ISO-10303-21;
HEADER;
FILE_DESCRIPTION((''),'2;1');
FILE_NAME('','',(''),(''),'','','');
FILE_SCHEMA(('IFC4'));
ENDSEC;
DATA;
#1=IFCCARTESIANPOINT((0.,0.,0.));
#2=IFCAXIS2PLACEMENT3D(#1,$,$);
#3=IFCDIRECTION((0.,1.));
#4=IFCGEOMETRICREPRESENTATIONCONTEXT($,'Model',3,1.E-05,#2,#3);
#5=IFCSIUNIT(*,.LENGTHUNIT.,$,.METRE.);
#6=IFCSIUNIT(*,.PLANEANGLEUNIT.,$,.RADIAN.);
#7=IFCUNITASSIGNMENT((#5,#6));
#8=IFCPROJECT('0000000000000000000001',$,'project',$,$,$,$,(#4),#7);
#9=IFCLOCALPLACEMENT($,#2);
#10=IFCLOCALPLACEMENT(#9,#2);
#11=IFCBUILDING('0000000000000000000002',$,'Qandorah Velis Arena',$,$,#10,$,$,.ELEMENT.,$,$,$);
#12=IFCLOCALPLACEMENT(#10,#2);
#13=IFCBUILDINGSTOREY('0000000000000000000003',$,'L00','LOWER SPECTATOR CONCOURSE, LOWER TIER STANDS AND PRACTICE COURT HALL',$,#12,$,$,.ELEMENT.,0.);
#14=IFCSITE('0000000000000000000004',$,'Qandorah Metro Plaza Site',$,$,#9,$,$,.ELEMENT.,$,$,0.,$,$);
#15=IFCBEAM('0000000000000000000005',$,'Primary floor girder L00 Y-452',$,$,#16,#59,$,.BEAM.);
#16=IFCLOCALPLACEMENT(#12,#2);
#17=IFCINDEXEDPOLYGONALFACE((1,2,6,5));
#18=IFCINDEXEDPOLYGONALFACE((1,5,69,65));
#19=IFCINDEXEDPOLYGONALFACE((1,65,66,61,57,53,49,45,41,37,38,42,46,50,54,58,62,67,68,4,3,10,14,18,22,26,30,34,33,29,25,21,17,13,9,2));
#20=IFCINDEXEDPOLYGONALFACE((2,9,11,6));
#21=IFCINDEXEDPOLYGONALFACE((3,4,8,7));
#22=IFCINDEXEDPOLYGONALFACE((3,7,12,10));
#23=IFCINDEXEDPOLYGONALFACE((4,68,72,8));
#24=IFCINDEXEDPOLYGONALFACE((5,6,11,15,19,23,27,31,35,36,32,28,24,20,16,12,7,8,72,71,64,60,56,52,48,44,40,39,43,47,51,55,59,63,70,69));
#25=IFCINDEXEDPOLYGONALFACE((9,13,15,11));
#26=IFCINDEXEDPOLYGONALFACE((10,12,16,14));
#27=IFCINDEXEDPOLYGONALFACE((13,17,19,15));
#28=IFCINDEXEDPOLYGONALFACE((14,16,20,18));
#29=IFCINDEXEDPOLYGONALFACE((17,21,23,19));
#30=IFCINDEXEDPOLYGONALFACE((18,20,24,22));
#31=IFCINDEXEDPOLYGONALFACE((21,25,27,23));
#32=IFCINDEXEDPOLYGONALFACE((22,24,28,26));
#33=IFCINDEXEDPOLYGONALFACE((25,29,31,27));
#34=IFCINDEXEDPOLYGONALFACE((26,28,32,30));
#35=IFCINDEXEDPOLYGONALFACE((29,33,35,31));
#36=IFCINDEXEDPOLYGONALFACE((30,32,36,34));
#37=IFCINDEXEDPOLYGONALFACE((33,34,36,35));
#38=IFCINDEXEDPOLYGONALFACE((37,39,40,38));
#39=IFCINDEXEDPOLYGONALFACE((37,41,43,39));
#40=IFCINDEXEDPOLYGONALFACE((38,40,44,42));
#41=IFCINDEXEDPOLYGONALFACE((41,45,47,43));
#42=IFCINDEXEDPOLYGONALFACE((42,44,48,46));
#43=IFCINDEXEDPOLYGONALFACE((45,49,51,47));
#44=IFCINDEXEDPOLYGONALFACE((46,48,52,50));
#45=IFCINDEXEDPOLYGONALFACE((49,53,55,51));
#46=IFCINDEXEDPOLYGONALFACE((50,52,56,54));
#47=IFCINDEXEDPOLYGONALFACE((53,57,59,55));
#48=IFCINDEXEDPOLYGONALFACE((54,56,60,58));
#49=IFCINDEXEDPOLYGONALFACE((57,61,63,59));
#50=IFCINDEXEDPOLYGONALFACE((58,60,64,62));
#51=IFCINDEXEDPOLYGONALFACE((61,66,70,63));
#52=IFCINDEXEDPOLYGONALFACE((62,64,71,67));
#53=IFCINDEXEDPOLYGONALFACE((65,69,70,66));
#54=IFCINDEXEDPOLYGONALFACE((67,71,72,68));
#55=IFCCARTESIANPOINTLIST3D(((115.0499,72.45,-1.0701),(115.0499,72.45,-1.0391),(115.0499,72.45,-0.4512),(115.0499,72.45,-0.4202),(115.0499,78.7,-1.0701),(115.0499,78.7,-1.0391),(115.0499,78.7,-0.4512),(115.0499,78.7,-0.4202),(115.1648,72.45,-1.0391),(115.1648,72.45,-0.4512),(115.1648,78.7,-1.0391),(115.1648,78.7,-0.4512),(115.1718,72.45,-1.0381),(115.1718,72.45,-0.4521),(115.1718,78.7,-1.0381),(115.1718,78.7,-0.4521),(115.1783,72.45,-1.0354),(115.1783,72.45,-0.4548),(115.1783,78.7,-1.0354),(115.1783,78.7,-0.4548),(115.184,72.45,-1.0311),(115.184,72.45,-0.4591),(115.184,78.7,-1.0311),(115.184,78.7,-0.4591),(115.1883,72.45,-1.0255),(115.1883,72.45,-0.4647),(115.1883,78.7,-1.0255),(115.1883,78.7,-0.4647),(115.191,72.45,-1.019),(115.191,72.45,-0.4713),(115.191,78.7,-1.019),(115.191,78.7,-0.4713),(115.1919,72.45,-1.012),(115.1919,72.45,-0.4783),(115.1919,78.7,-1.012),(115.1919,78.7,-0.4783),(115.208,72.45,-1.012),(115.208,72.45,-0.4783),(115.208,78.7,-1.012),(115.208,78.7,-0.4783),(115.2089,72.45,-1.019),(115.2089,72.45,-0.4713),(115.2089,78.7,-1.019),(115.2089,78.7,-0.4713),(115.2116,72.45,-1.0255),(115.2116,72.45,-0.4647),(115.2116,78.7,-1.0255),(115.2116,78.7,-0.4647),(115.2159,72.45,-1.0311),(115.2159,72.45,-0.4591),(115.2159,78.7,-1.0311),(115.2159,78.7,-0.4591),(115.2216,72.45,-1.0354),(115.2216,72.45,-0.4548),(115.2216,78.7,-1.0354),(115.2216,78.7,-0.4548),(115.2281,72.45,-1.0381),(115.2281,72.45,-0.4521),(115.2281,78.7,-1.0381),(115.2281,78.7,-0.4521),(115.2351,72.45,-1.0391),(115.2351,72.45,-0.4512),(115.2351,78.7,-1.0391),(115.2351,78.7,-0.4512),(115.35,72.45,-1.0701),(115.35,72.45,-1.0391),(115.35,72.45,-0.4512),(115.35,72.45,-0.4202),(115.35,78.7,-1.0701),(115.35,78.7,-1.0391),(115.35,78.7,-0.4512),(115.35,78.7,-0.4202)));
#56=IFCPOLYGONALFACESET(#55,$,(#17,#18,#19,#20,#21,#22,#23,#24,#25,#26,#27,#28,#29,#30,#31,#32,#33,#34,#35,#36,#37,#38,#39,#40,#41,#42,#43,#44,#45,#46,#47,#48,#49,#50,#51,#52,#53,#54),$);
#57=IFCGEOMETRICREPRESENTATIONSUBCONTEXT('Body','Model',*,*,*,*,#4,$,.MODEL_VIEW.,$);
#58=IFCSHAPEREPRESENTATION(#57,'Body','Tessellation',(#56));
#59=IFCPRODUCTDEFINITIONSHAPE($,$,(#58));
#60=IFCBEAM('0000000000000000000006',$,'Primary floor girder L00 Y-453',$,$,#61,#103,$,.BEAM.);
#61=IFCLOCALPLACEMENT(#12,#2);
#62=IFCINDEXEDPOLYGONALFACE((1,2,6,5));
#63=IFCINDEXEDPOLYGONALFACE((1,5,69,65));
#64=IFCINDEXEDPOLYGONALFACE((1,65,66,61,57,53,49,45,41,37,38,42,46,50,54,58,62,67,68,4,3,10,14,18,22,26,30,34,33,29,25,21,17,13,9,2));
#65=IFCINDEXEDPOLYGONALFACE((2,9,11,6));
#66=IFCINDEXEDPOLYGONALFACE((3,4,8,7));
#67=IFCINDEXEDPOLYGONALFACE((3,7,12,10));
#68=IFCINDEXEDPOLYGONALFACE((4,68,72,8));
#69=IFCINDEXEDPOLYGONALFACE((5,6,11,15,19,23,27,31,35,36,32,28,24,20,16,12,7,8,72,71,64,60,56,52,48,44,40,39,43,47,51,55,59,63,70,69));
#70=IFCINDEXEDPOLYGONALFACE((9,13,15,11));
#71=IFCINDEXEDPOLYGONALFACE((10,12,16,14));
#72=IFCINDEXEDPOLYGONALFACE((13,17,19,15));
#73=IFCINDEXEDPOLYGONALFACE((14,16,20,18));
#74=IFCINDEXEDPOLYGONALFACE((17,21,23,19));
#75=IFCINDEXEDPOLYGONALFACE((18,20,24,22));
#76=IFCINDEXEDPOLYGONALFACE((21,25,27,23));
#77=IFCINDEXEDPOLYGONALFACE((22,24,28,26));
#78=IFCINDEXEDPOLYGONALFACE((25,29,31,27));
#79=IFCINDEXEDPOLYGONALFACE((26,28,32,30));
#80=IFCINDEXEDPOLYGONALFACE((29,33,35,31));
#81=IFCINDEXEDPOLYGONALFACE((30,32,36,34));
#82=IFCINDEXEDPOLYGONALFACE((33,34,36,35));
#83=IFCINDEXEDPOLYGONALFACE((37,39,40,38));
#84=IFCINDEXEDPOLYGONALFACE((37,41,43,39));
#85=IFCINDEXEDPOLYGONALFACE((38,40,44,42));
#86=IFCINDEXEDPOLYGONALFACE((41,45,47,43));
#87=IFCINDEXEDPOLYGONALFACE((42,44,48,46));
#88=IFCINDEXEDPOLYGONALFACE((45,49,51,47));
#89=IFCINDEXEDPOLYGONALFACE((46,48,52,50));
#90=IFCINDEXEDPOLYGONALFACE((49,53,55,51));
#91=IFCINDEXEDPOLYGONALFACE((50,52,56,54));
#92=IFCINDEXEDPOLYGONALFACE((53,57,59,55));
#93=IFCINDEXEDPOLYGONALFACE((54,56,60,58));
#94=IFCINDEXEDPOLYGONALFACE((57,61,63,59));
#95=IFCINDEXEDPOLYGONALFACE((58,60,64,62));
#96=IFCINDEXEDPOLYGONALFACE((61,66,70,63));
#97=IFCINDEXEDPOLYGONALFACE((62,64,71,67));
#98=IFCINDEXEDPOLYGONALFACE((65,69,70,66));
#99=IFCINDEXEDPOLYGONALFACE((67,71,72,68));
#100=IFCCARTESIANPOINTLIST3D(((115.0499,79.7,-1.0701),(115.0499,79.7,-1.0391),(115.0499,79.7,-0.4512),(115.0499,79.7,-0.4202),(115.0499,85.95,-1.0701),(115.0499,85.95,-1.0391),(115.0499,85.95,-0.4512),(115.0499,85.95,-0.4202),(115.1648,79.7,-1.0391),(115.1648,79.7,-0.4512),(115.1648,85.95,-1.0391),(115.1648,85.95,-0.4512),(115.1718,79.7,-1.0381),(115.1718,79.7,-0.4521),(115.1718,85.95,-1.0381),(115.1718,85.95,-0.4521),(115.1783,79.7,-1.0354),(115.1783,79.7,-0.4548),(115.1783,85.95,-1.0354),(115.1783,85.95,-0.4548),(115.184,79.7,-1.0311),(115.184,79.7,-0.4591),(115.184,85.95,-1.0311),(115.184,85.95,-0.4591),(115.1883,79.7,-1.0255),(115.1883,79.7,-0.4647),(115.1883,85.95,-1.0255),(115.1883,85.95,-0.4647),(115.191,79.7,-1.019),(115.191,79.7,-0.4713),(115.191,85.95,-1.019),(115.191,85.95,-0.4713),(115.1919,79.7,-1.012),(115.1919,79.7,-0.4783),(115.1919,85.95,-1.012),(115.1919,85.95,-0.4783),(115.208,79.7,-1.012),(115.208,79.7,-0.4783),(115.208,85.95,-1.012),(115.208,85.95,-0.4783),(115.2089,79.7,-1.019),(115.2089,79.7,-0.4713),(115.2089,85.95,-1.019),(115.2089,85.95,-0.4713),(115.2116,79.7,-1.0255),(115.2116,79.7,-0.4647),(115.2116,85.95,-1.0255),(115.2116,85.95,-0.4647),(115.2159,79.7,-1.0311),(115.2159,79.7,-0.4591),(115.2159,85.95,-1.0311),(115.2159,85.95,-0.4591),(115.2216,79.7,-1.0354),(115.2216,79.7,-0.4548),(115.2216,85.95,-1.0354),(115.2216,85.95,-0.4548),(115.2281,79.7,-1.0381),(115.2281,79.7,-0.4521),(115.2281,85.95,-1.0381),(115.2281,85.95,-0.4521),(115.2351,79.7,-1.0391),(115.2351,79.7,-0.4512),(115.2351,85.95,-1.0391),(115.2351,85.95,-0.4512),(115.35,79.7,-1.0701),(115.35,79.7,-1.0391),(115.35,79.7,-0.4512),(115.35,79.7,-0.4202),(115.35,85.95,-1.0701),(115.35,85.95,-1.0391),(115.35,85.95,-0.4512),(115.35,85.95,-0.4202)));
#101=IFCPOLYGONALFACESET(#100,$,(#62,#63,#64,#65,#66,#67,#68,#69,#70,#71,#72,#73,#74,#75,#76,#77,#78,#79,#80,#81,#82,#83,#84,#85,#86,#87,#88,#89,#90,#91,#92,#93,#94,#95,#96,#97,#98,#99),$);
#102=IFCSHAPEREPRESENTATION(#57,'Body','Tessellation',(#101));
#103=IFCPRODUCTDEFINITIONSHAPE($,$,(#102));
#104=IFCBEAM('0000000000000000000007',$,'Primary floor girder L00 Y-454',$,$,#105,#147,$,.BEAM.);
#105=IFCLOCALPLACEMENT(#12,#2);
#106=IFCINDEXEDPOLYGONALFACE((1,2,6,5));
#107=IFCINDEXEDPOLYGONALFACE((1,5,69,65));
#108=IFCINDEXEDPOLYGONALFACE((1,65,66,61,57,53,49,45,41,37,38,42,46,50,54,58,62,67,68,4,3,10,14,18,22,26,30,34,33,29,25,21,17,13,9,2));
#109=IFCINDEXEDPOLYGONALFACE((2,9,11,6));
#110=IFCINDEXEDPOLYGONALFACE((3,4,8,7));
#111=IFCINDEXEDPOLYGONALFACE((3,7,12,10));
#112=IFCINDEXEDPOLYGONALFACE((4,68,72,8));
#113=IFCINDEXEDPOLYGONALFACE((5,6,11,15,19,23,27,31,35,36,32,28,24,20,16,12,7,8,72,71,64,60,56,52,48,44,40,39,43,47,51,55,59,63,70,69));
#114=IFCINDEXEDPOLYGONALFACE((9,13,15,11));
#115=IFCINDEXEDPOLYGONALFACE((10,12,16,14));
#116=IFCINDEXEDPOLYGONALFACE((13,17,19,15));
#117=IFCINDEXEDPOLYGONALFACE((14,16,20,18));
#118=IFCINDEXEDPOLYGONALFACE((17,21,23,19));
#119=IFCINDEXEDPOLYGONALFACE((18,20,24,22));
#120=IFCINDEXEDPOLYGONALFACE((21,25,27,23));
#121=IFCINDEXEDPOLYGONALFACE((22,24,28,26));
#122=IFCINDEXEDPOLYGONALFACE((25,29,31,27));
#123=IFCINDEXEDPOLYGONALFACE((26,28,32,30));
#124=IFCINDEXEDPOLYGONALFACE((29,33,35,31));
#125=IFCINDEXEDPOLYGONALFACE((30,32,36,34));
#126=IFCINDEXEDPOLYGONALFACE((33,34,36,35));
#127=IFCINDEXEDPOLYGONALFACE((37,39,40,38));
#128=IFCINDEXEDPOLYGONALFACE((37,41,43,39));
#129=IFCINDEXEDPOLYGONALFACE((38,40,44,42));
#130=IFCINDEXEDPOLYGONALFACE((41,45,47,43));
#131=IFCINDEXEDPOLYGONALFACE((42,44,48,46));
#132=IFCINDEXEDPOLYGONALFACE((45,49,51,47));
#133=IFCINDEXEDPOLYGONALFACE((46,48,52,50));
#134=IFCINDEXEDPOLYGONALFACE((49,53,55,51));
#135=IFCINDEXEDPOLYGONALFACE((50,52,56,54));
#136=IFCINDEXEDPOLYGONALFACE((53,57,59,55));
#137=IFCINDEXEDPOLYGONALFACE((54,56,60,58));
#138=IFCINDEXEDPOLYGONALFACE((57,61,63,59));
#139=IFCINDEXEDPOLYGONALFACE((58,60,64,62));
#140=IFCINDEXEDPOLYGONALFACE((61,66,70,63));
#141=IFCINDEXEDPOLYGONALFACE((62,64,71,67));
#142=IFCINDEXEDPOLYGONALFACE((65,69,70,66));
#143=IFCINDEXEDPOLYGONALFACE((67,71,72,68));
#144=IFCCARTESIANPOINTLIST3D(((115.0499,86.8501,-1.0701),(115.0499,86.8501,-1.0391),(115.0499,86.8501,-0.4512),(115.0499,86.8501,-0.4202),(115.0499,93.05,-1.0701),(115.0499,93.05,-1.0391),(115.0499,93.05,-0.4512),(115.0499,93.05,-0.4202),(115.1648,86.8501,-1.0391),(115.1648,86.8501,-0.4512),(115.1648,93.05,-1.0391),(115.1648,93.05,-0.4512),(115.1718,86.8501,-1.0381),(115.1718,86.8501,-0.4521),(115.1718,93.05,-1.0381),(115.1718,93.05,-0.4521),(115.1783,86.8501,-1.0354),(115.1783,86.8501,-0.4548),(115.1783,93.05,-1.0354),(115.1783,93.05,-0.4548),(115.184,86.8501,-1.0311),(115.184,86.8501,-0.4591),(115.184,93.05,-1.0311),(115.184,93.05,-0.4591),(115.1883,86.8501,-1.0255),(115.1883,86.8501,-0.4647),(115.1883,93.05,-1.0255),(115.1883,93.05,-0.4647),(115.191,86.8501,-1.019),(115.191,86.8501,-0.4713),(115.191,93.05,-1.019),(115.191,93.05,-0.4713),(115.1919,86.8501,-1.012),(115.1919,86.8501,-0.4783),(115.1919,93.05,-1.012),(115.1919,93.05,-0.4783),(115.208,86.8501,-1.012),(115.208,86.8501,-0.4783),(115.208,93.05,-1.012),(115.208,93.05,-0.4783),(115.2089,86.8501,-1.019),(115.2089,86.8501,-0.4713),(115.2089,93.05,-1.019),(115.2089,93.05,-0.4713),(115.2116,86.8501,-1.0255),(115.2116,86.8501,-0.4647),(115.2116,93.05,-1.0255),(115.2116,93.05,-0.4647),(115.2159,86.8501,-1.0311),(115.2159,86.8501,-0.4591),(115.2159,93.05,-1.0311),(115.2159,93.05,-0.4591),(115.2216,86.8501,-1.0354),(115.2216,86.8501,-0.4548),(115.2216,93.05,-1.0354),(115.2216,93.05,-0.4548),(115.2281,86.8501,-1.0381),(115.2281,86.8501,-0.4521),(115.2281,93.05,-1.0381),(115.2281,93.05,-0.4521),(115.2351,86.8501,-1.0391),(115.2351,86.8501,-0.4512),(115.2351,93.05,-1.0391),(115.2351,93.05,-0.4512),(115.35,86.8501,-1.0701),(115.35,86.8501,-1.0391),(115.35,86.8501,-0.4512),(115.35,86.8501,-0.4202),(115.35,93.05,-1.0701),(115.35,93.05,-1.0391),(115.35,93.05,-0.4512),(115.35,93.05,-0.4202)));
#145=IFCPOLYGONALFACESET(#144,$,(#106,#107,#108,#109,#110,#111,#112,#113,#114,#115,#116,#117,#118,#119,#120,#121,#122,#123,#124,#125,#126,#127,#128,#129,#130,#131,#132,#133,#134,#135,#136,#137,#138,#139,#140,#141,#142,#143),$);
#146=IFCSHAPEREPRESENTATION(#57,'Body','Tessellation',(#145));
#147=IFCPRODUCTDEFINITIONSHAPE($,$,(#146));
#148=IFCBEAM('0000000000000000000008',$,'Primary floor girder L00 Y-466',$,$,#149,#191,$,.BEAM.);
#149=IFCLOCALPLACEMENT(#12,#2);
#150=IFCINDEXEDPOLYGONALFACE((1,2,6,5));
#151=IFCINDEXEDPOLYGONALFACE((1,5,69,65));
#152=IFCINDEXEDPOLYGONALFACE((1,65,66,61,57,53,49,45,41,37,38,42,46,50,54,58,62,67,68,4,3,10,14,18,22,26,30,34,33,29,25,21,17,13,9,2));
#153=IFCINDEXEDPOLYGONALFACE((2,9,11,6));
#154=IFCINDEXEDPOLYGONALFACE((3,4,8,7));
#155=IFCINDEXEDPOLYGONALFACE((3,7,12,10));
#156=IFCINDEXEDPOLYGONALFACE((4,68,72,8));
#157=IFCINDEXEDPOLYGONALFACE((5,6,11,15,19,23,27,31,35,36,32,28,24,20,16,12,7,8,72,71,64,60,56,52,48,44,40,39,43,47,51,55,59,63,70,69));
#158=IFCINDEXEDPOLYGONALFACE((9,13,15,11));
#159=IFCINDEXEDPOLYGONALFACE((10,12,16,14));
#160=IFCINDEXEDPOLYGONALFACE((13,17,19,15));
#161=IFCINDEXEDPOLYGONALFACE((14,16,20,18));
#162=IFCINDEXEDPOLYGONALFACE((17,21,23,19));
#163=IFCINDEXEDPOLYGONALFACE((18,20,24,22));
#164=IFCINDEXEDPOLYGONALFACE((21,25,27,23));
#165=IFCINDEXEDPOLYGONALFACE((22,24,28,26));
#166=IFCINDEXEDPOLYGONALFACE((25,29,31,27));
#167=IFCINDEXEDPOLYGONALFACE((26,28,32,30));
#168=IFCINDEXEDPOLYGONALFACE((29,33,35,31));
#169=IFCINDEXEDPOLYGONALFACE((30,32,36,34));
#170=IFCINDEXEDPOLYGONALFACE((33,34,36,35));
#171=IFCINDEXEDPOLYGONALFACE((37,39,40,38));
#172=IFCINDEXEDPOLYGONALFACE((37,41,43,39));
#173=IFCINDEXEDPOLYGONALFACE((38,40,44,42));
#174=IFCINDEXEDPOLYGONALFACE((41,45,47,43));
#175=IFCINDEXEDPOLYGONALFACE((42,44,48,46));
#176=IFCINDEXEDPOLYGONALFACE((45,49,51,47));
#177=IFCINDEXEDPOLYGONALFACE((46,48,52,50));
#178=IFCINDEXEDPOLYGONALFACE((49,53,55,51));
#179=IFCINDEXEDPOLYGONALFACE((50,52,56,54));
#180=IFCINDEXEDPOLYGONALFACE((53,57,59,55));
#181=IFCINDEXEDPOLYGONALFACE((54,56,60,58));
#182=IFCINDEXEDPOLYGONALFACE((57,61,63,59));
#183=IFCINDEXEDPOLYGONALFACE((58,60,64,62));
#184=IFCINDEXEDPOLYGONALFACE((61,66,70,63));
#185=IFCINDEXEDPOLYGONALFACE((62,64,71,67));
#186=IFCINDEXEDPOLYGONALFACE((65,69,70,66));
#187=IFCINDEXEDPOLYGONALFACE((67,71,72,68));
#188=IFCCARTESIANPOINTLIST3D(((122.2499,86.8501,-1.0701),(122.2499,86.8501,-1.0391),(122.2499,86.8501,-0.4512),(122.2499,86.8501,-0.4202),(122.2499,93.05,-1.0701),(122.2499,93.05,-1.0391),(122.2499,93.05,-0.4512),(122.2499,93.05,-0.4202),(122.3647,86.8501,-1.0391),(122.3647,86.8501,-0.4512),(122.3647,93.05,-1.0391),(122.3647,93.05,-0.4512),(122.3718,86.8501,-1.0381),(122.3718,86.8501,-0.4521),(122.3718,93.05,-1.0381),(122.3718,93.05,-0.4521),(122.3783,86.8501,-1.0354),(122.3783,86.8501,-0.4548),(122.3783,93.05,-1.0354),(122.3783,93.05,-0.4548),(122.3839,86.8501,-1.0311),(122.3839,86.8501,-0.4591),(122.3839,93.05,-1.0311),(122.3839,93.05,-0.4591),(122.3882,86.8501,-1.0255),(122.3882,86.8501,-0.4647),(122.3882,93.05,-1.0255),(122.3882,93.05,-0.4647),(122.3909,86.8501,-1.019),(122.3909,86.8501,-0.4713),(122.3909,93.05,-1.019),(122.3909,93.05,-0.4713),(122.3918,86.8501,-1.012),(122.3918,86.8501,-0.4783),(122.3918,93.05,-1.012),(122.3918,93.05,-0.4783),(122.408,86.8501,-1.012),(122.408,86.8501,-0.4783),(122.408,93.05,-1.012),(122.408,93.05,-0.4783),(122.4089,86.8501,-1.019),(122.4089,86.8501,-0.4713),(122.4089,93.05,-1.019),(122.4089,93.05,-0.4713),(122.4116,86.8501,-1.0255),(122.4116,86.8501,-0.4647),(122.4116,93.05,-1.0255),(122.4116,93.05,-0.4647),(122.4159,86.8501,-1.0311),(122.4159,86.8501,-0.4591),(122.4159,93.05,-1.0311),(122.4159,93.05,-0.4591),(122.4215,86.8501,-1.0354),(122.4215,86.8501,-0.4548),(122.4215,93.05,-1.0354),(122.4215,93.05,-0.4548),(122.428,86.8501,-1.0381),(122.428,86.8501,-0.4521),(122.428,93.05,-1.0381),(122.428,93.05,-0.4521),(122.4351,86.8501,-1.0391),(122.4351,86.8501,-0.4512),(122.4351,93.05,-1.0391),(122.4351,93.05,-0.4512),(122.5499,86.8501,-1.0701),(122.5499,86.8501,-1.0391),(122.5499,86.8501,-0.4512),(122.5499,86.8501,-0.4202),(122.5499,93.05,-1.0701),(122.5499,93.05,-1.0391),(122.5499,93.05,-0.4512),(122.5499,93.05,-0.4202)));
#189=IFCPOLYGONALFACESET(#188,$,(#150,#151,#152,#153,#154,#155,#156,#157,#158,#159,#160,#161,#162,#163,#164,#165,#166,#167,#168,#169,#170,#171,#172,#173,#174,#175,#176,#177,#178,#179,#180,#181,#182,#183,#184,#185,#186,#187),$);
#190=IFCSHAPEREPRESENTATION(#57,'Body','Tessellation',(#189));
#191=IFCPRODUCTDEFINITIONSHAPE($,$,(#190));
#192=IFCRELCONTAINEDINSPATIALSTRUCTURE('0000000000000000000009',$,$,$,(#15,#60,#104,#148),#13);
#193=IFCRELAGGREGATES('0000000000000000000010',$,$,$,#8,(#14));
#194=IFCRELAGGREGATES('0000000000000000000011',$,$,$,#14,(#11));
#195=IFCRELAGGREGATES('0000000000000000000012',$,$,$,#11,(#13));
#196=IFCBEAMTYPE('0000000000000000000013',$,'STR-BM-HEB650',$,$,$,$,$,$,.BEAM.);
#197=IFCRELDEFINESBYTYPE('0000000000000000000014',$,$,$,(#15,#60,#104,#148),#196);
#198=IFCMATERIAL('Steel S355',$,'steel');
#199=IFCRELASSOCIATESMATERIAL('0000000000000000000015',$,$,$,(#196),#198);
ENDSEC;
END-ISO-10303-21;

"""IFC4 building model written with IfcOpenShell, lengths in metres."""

from ifc_helpers import new_model, si_unit, direction, frame, origin, origin_2d, place, context, subcontext, project, spatial, i_section, extrude, material, material_profile, profile_set, type_object, element, save


model = new_model("IFC4")

# Units and contexts
model_context = context("Model", 3, precision=1e-05, world=origin(), true_north=direction((0.0, 1.0)))
body_context = subcontext(model_context, "Body", "Model", "MODEL_VIEW")
ifc_project = project(units=[si_unit("LENGTHUNIT", "METRE"), si_unit("PLANEANGLEUNIT", "RADIAN")], contexts=[model_context])

# Site, building, storey
site_placement = place(None, origin())
site = spatial("IfcSite", under=ifc_project, at=site_placement, Name="Qandorah Metro Plaza Site", CompositionType="ELEMENT", RefElevation=0.0)
building_placement = place(site_placement, origin())
building = spatial("IfcBuilding", under=site, at=building_placement, Name="Qandorah Velis Arena", CompositionType="ELEMENT")
storey_placement = place(building_placement, origin())
storey = spatial("IfcBuildingStorey", under=building, at=storey_placement, Name="L00", Description="LOWER SPECTATOR CONCOURSE, LOWER TIER STANDS AND PRACTICE COURT HALL", CompositionType="ELEMENT", Elevation=0.0)

# Beams
ifc_material_1 = material(Name="Steel S355", Category="steel")
ifc_material_profile_1 = material_profile(ifc_material_1, i_section(OverallWidth=0.3, OverallDepth=0.6499, WebThickness=0.0161, FlangeThickness=0.031, FilletRadius=0.0271, at=origin_2d()), Name="HEB 650")
ifc_profile_set_1 = profile_set([ifc_material_profile_1], Name="Steel S355")
beam_type_1 = type_object("IfcBeamType", Name="STR-BM-HEB650", PredefinedType="BEAM", material=ifc_profile_set_1)
for number, where, z_axis, x_axis, name in (
    (1, (115.2, 72.45, -0.7451), (0.0, 1.0, 0.0), (-1.0, 0.0, 0.0), "Primary floor girder L00 Y-452"),
    (2, (115.2, 79.7, -0.7451), (0.0, 1.0, 0.0), (-1.0, 0.0, 0.0), "Primary floor girder L00 Y-453"),
):
    element("IfcBeam", number, at=place(storey_placement, frame(where, z_axis=z_axis, x_axis=x_axis)), inside=storey, type_object=beam_type_1, Name=name, PredefinedType="BEAM", context=body_context, shape_type="SweptSolid", body=[
        extrude(i_section(OverallWidth=0.3, OverallDepth=0.6499, WebThickness=0.0161, FlangeThickness=0.031, FilletRadius=0.0271, at=origin_2d()), origin(), (0.0, 0.0, 1.0), 6.25),
    ])
for number, where, z_axis, x_axis, name in (
    (3, (115.2, 86.8501, -0.7451), (0.0, 1.0, 0.0), (-1.0, 0.0, 0.0), "Primary floor girder L00 Y-454"),
    (4, (122.3999, 86.8501, -0.7451), (0.0, 1.0, 0.0), (-1.0, 0.0, 0.0), "Primary floor girder L00 Y-466"),
):
    element("IfcBeam", number, at=place(storey_placement, frame(where, z_axis=z_axis, x_axis=x_axis)), inside=storey, type_object=beam_type_1, Name=name, PredefinedType="BEAM", context=body_context, shape_type="SweptSolid", body=[
        extrude(i_section(OverallWidth=0.3, OverallDepth=0.6499, WebThickness=0.0161, FlangeThickness=0.031, FilletRadius=0.0271, at=origin_2d()), origin(), (0.0, 0.0, 1.0), 6.2),
    ])

save(model, "model.ifc")
